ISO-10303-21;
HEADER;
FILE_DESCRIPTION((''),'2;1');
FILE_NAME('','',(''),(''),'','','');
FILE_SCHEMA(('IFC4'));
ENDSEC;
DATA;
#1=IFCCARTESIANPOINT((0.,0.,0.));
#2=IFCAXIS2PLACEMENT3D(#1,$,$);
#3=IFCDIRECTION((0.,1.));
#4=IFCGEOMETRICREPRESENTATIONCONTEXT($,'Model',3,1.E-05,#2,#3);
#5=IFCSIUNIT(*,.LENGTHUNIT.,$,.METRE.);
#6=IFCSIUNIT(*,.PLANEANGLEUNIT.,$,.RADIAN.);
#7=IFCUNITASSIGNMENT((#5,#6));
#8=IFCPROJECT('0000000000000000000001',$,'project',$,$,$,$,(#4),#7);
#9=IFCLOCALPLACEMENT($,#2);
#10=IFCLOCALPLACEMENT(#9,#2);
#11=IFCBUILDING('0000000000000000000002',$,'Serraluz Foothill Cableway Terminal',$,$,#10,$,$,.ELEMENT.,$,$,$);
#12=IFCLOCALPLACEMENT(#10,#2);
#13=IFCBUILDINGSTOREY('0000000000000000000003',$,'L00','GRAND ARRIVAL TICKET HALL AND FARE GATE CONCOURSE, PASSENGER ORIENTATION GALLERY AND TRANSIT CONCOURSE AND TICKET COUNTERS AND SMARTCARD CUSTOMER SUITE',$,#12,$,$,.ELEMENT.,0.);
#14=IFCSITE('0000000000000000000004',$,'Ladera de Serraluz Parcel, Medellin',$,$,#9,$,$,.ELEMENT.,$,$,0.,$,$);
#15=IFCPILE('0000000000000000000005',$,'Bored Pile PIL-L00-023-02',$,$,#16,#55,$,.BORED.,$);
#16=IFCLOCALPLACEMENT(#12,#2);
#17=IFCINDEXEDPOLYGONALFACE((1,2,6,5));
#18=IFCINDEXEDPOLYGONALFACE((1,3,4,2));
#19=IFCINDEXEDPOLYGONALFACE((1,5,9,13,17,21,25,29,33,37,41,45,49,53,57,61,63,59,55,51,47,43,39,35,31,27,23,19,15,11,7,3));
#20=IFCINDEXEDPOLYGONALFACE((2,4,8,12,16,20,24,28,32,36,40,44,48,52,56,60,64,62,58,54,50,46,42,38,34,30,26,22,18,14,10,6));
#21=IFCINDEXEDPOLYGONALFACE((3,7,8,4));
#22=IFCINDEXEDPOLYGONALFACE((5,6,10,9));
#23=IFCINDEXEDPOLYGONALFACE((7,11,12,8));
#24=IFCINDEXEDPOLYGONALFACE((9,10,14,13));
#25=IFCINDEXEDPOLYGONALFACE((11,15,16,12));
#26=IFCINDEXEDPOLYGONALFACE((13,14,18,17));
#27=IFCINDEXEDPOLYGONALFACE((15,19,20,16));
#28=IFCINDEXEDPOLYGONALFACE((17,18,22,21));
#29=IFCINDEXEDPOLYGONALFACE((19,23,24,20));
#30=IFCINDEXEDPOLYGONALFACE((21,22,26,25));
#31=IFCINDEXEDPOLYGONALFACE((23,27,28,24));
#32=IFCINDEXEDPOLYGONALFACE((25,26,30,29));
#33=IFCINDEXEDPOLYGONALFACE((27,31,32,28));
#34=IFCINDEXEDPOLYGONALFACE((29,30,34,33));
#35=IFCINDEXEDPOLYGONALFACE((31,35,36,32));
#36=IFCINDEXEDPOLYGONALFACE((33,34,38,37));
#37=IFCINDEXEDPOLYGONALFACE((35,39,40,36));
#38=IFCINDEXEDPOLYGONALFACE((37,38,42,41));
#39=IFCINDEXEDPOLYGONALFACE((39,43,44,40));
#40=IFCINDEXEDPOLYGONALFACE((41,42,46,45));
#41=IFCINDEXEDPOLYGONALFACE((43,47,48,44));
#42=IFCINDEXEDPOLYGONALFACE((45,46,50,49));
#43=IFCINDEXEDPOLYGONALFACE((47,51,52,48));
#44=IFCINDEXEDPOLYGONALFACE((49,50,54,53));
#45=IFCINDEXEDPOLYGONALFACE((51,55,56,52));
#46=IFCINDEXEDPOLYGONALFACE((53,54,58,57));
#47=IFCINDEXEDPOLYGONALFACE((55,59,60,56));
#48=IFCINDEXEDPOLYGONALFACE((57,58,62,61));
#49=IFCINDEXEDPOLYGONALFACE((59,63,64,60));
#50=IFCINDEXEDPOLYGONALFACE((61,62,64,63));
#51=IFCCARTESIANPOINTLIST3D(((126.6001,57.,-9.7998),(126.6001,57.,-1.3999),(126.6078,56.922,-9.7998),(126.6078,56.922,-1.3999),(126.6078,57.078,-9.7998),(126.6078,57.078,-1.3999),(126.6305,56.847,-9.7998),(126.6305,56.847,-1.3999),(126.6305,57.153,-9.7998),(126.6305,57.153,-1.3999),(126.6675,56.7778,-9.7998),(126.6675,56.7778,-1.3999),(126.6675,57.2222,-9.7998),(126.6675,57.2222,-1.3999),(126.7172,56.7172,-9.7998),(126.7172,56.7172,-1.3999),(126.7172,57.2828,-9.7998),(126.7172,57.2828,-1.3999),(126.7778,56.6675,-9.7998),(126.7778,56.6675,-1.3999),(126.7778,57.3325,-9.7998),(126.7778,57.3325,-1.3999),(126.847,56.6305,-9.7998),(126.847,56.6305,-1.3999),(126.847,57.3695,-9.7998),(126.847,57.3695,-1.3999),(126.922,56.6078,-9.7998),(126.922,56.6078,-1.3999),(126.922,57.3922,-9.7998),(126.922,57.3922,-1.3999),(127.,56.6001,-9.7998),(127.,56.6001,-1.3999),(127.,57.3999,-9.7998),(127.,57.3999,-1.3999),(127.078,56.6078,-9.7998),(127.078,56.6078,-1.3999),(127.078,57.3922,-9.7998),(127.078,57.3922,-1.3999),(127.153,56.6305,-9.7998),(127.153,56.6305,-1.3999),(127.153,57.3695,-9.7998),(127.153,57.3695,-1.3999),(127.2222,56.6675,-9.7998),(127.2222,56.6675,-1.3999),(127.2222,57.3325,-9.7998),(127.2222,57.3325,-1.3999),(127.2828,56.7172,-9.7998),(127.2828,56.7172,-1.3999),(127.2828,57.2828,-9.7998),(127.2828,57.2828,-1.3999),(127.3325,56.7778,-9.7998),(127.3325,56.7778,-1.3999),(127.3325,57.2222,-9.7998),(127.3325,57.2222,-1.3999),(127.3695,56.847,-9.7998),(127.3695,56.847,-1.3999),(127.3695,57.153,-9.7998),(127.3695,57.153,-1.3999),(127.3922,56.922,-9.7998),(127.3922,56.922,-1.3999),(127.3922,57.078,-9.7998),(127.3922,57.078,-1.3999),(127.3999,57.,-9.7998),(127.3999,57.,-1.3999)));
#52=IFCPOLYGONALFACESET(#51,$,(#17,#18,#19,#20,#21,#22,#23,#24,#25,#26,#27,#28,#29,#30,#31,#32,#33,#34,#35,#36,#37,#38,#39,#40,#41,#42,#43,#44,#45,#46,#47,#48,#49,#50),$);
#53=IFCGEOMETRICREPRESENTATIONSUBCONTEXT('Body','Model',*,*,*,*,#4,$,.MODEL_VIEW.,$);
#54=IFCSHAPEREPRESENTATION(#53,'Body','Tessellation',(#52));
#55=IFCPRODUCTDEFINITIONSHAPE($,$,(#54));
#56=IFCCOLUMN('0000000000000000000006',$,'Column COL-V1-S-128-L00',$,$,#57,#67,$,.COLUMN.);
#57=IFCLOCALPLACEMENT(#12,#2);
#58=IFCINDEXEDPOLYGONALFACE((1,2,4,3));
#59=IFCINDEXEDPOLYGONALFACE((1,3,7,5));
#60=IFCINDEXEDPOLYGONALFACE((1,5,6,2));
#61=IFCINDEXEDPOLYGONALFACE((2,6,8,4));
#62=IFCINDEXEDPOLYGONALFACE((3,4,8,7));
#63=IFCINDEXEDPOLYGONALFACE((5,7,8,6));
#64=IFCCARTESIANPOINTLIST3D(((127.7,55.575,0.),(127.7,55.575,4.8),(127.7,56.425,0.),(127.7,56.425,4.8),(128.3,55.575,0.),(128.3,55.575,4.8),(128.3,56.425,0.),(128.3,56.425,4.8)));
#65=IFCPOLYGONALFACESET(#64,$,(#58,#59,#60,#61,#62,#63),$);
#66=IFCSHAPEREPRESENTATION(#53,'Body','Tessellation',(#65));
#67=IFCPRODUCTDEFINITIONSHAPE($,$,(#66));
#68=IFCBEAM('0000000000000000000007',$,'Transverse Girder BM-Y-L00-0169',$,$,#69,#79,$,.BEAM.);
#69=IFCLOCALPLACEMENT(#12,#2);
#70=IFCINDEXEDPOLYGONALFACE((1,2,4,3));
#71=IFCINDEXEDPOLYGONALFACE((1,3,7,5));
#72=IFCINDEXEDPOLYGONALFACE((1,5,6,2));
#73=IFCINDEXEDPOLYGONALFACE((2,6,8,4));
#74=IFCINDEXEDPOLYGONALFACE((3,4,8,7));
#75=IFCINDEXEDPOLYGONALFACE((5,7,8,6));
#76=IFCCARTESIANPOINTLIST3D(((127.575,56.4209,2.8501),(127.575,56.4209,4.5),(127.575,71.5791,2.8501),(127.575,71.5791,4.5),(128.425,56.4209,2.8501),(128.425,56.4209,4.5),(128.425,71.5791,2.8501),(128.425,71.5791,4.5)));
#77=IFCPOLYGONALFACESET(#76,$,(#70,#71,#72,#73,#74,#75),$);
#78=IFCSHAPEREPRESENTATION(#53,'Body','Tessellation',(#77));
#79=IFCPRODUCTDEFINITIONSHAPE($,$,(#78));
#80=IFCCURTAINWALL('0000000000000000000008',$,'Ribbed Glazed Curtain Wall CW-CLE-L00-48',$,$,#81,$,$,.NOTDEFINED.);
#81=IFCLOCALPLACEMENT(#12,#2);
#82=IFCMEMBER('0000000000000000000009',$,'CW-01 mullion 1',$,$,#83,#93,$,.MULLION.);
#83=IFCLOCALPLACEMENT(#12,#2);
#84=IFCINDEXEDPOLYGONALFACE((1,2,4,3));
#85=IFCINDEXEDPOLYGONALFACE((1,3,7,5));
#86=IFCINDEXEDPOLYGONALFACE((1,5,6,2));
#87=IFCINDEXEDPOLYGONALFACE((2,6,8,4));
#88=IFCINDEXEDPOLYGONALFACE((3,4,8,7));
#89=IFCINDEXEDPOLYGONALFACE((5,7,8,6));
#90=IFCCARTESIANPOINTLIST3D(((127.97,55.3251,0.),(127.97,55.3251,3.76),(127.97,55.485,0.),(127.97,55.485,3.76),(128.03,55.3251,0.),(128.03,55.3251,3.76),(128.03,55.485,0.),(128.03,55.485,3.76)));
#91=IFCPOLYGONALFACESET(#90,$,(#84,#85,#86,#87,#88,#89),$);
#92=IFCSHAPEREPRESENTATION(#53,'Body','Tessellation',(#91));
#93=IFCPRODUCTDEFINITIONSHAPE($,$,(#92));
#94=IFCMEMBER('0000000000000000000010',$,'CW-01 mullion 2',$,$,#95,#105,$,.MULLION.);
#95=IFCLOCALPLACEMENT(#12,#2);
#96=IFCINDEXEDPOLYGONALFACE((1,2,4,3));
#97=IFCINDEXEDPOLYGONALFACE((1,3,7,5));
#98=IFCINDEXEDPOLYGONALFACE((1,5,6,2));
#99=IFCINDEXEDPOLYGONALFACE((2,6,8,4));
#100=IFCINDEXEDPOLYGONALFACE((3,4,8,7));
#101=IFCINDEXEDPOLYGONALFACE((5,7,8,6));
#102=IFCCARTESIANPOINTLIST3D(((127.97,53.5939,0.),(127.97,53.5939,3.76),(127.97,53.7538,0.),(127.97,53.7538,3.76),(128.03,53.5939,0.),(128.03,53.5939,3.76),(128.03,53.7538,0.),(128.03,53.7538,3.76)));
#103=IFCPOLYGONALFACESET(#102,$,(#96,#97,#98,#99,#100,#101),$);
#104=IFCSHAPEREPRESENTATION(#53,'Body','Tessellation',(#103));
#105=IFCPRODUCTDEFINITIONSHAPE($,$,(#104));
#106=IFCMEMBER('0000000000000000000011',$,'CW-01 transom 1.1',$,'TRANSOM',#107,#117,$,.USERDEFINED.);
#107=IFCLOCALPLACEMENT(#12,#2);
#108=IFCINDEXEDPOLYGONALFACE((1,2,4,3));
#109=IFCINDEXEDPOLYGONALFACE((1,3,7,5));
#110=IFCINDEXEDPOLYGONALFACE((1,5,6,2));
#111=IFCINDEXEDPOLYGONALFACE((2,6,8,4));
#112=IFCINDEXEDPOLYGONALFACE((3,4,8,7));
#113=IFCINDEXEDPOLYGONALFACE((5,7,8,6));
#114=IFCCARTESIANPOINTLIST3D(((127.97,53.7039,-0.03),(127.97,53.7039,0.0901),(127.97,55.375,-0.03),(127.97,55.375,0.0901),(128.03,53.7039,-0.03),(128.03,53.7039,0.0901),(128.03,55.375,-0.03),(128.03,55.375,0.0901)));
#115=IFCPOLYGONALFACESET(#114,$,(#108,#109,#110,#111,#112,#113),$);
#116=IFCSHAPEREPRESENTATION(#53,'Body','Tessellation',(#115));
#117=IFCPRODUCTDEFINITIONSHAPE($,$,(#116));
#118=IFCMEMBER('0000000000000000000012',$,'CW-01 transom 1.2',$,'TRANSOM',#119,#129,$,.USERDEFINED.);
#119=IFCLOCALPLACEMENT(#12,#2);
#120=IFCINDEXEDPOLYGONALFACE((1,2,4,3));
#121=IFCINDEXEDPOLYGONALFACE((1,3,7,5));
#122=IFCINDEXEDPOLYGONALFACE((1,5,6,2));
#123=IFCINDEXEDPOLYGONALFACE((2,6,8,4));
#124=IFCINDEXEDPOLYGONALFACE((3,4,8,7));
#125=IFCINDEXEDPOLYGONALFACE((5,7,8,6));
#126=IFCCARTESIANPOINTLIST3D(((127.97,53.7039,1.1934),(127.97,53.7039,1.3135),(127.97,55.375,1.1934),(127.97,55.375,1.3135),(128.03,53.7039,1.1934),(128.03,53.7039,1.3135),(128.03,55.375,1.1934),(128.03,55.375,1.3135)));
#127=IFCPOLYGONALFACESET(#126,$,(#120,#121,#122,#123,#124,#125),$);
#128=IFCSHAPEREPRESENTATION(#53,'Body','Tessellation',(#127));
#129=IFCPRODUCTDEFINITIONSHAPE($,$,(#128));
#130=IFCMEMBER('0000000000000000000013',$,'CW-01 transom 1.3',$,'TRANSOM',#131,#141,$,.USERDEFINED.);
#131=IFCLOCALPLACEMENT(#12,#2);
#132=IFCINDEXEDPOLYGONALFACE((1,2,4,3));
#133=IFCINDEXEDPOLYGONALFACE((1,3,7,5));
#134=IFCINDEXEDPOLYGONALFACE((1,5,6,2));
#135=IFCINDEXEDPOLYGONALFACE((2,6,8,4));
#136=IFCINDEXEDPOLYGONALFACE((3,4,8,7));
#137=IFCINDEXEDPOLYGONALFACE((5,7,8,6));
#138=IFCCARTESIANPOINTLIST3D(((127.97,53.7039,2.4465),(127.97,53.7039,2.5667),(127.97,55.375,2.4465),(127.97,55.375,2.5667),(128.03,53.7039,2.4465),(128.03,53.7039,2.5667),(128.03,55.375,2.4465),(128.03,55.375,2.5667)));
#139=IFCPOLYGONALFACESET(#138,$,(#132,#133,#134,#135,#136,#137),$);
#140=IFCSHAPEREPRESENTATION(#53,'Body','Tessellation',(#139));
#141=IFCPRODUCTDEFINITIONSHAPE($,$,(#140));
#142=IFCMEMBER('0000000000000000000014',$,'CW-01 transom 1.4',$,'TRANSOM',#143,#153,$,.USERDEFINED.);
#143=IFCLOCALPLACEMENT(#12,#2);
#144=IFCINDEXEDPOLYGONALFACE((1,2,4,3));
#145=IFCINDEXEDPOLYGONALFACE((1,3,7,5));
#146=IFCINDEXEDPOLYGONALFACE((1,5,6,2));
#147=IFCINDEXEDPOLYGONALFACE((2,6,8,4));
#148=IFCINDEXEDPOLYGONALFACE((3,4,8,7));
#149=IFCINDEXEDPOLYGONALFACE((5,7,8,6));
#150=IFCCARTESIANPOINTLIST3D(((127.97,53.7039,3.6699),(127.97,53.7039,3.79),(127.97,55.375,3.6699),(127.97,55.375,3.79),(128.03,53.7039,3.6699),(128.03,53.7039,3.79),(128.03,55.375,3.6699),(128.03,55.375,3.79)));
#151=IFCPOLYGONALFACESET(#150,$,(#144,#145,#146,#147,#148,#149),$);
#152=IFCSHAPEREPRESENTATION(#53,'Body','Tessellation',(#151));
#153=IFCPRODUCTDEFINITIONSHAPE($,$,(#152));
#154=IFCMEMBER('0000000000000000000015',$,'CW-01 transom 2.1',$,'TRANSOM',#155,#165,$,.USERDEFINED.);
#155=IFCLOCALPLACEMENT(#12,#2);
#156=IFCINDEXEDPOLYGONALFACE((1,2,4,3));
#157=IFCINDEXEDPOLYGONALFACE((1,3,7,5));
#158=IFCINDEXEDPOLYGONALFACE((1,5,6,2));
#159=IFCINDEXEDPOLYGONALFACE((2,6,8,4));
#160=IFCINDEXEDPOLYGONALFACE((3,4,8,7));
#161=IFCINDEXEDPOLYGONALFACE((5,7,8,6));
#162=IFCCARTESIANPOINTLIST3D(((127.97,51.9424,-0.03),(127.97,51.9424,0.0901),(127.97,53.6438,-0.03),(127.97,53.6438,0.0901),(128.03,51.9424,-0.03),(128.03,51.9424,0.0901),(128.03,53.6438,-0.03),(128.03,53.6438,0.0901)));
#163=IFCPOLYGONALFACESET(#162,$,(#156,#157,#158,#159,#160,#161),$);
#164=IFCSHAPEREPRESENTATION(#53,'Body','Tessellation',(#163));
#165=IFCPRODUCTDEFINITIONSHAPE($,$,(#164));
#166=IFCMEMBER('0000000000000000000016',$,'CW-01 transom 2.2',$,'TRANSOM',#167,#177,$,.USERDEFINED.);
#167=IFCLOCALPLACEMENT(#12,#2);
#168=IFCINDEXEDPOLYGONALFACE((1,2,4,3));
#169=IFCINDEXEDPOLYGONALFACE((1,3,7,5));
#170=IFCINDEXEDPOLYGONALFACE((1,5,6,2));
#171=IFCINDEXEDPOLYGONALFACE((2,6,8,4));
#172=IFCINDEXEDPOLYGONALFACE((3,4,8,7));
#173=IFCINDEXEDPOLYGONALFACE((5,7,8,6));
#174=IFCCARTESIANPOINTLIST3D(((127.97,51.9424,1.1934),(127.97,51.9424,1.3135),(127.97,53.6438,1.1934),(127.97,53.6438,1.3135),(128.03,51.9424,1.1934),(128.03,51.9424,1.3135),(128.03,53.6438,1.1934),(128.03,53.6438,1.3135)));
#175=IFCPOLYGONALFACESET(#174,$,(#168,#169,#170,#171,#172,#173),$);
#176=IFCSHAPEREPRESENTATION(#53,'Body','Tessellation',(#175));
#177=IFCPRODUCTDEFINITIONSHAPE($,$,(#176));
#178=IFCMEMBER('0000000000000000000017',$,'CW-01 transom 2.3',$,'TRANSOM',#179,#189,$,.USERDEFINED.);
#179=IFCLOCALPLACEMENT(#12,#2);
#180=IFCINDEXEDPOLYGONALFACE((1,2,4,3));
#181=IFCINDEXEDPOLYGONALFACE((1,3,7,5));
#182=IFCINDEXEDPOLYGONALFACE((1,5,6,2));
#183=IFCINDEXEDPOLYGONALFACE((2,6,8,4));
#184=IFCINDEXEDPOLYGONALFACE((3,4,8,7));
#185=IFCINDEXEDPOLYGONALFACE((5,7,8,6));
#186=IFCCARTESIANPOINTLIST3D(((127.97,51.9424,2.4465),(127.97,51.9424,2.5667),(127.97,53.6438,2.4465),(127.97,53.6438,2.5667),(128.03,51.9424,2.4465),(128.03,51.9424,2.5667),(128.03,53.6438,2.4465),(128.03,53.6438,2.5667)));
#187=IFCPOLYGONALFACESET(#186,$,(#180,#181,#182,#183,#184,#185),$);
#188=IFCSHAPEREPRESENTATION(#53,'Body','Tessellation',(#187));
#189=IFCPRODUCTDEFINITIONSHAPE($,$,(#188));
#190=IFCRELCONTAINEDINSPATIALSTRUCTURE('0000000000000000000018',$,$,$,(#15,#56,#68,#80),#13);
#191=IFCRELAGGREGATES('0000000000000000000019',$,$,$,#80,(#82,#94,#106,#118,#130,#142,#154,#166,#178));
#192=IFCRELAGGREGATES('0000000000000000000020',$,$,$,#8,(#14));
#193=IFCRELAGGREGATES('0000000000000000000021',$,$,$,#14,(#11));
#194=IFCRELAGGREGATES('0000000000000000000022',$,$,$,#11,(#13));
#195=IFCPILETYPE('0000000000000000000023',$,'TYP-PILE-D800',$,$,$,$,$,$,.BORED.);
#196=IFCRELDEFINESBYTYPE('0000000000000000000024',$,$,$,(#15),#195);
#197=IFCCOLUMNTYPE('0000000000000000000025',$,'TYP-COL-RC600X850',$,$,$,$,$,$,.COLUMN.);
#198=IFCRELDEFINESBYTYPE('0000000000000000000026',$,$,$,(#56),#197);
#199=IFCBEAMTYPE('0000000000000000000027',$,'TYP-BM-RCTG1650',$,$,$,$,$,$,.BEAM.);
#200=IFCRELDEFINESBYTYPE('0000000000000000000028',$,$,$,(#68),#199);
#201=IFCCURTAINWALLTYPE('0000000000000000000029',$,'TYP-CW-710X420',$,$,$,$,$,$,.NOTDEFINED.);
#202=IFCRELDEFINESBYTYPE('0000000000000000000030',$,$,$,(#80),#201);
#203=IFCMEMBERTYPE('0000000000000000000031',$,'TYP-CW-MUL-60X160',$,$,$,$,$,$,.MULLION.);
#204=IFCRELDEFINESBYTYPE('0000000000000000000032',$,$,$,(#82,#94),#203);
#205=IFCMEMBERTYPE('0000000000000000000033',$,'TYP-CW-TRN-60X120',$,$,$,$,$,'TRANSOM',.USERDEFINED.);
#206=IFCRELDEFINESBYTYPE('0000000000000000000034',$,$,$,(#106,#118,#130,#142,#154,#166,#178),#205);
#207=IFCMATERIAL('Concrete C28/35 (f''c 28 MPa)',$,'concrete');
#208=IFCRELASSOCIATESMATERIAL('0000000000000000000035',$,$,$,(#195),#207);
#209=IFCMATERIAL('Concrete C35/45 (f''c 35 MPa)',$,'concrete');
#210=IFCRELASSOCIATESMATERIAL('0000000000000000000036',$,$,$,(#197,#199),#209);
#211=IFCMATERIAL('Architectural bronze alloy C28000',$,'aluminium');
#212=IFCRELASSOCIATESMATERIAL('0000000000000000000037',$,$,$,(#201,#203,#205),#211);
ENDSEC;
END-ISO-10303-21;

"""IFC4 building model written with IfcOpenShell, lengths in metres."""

from ifc_helpers import new_model, si_unit, direction, frame, origin, origin_2d, place, context, subcontext, project, spatial, rectangle, circle, extrude, material, material_profile, profile_set, type_object, element, aggregate, save


model = new_model("IFC4")

# Units and contexts
model_context = context("Model", 3, precision=1e-05, world=origin(), true_north=direction((0.0, 1.0)))
body_context = subcontext(model_context, "Body", "Model", "MODEL_VIEW")
ifc_project = project(units=[si_unit("LENGTHUNIT", "METRE"), si_unit("PLANEANGLEUNIT", "RADIAN")], contexts=[model_context])

# Site, building, storey
site_placement = place(None, origin())
site = spatial("IfcSite", under=ifc_project, at=site_placement, Name="Ladera de Serraluz Parcel, Medellin", CompositionType="ELEMENT", RefElevation=0.0)
building_placement = place(site_placement, origin())
building = spatial("IfcBuilding", under=site, at=building_placement, Name="Serraluz Foothill Cableway Terminal", CompositionType="ELEMENT")
storey_placement = place(building_placement, origin())
storey = spatial("IfcBuildingStorey", under=building, at=storey_placement, Name="L00", Description="GRAND ARRIVAL TICKET HALL AND FARE GATE CONCOURSE, PASSENGER ORIENTATION GALLERY AND TRANSIT CONCOURSE AND TICKET COUNTERS AND SMARTCARD CUSTOMER SUITE", CompositionType="ELEMENT", Elevation=0.0)

# Pile
ifc_material_1 = material(Name="Concrete C28/35 (f'c 28 MPa)", Category="concrete")
ifc_material_profile_1 = material_profile(ifc_material_1, circle(Radius=0.3999, at=origin_2d()), Name="BORED PILE D800")
ifc_profile_set_1 = profile_set([ifc_material_profile_1], Name="Concrete C28/35 (f'c 28 MPa)")
pile_type = type_object("IfcPileType", Name="TYP-PILE-D800", PredefinedType="BORED", material=ifc_profile_set_1)
pile_placement = place(storey_placement, frame((127.0, 57.0, -1.3999), z_axis=(0.0, 0.0, -1.0), x_axis=(1.0, 0.0, 0.0)))
element("IfcPile", 1, at=pile_placement, inside=storey, type_object=pile_type, Name="Bored Pile PIL-L00-023-02", PredefinedType="BORED", context=body_context, shape_type="SweptSolid", body=[
    extrude(circle(Radius=0.3999, at=origin_2d()), origin(), (0.0, 0.0, 1.0), 8.3999),
])

# Column
ifc_material_2 = material(Name="Concrete C35/45 (f'c 35 MPa)", Category="concrete")
ifc_material_profile_2 = material_profile(ifc_material_2, rectangle(XDim=0.6001, YDim=0.8501, at=origin_2d()), Name="RC 600x850")
ifc_profile_set_2 = profile_set([ifc_material_profile_2], Name="Concrete C35/45 (f'c 35 MPa)")
column_type = type_object("IfcColumnType", Name="TYP-COL-RC600X850", PredefinedType="COLUMN", material=ifc_profile_set_2)
column_placement = place(storey_placement, frame((128.0, 56.0, 0.0), z_axis=(0.0, 0.0, 1.0), x_axis=(1.0, 0.0, 0.0)))
element("IfcColumn", 2, at=column_placement, inside=storey, type_object=column_type, Name="Column COL-V1-S-128-L00", PredefinedType="COLUMN", context=body_context, shape_type="SweptSolid", body=[
    extrude(rectangle(XDim=0.6001, YDim=0.8501, at=origin_2d()), origin(), (0.0, 0.0, 1.0), 4.8),
])

# Beam
ifc_material_profile_3 = material_profile(ifc_material_2, rectangle(XDim=0.8501, YDim=1.6499, at=origin_2d()), Name="RC TG 850x1650")
ifc_profile_set_3 = profile_set([ifc_material_profile_3], Name="Concrete C35/45 (f'c 35 MPa)")
beam_type = type_object("IfcBeamType", Name="TYP-BM-RCTG1650", PredefinedType="BEAM", material=ifc_profile_set_3)
beam_placement = place(storey_placement, frame((128.0, 56.4209, 3.675), z_axis=(0.0, 1.0, 0.0), x_axis=(-1.0, 0.0, 0.0)))
element("IfcBeam", 3, at=beam_placement, inside=storey, type_object=beam_type, Name="Transverse Girder BM-Y-L00-0169", PredefinedType="BEAM", context=body_context, shape_type="SweptSolid", body=[
    extrude(rectangle(XDim=0.8501, YDim=1.6499, at=origin_2d()), origin(), (0.0, 0.0, 1.0), 15.1582),
])

# Curtain wall, members
ifc_material_3 = material(Name="Architectural bronze alloy C28000", Category="aluminium")
curtain_wall_type = type_object("IfcCurtainWallType", Name="TYP-CW-710X420", PredefinedType="NOTDEFINED", material=ifc_material_3)
curtain_wall_placement = place(storey_placement, origin())
curtain_wall = element("IfcCurtainWall", 4, at=curtain_wall_placement, inside=storey, type_object=curtain_wall_type, Name="Ribbed Glazed Curtain Wall CW-CLE-L00-48", PredefinedType="NOTDEFINED")
ifc_material_profile_4 = material_profile(ifc_material_3, rectangle(XDim=0.0601, YDim=0.1599, at=origin_2d()), Name="ALU MULLION 60x160")
ifc_profile_set_4 = profile_set([ifc_material_profile_4], Name="Architectural bronze alloy C28000")
member_type_1 = type_object("IfcMemberType", Name="TYP-CW-MUL-60X160", PredefinedType="MULLION", material=ifc_profile_set_4)
member_1_placement = place(storey_placement, frame((128.0, 55.405, 0.0), z_axis=(0.0, 0.0, 1.0), x_axis=(1.0, 0.0, 0.0)))
member_1 = element("IfcMember", 5, at=member_1_placement, type_object=member_type_1, Name="CW-01 mullion 1", PredefinedType="MULLION", context=body_context, shape_type="SweptSolid", body=[
    extrude(rectangle(XDim=0.0601, YDim=0.1599, at=origin_2d()), origin(), (0.0, 0.0, 1.0), 3.76),
])
member_2_placement = place(storey_placement, frame((128.0, 53.6738, 0.0), z_axis=(0.0, 0.0, 1.0), x_axis=(1.0, 0.0, 0.0)))
member_2 = element("IfcMember", 6, at=member_2_placement, type_object=member_type_1, Name="CW-01 mullion 2", PredefinedType="MULLION", context=body_context, shape_type="SweptSolid", body=[
    extrude(rectangle(XDim=0.0601, YDim=0.1599, at=origin_2d()), origin(), (0.0, 0.0, 1.0), 3.76),
])
ifc_material_profile_5 = material_profile(ifc_material_3, rectangle(XDim=0.0601, YDim=0.1201, at=origin_2d()), Name="ALU TRANSOM 60x120")
ifc_profile_set_5 = profile_set([ifc_material_profile_5], Name="Architectural bronze alloy C28000")
member_type_2 = type_object("IfcMemberType", Name="TYP-CW-TRN-60X120", ElementType="TRANSOM", PredefinedType="USERDEFINED", material=ifc_profile_set_5)
member_3_placement = place(storey_placement, frame((128.0, 55.375, 0.03), z_axis=(0.0, -1.0, 0.0), x_axis=(1.0, 0.0, 0.0)))
member_3 = element("IfcMember", 7, at=member_3_placement, type_object=member_type_2, Name="CW-01 transom 1.1", ObjectType="TRANSOM", PredefinedType="USERDEFINED", context=body_context, shape_type="SweptSolid", body=[
    extrude(rectangle(XDim=0.0601, YDim=0.1201, at=origin_2d()), origin(), (0.0, 0.0, 1.0), 1.6711),
])
member_4_placement = place(storey_placement, frame((128.0, 55.375, 1.2534), z_axis=(0.0, -1.0, 0.0), x_axis=(1.0, 0.0, 0.0)))
member_4 = element("IfcMember", 8, at=member_4_placement, type_object=member_type_2, Name="CW-01 transom 1.2", ObjectType="TRANSOM", PredefinedType="USERDEFINED", context=body_context, shape_type="SweptSolid", body=[
    extrude(rectangle(XDim=0.0601, YDim=0.1201, at=origin_2d()), origin(), (0.0, 0.0, 1.0), 1.6711),
])
member_5_placement = place(storey_placement, frame((128.0, 55.375, 2.5066), z_axis=(0.0, -1.0, 0.0), x_axis=(1.0, 0.0, 0.0)))
member_5 = element("IfcMember", 9, at=member_5_placement, type_object=member_type_2, Name="CW-01 transom 1.3", ObjectType="TRANSOM", PredefinedType="USERDEFINED", context=body_context, shape_type="SweptSolid", body=[
    extrude(rectangle(XDim=0.0601, YDim=0.1201, at=origin_2d()), origin(), (0.0, 0.0, 1.0), 1.6711),
])
member_6_placement = place(storey_placement, frame((128.0, 55.375, 3.73), z_axis=(0.0, -1.0, 0.0), x_axis=(1.0, 0.0, 0.0)))
member_6 = element("IfcMember", 10, at=member_6_placement, type_object=member_type_2, Name="CW-01 transom 1.4", ObjectType="TRANSOM", PredefinedType="USERDEFINED", context=body_context, shape_type="SweptSolid", body=[
    extrude(rectangle(XDim=0.0601, YDim=0.1201, at=origin_2d()), origin(), (0.0, 0.0, 1.0), 1.6711),
])
member_7_placement = place(storey_placement, frame((128.0, 53.6438, 0.03), z_axis=(0.0, -1.0, 0.0), x_axis=(1.0, 0.0, 0.0)))
member_7 = element("IfcMember", 11, at=member_7_placement, type_object=member_type_2, Name="CW-01 transom 2.1", ObjectType="TRANSOM", PredefinedType="USERDEFINED", context=body_context, shape_type="SweptSolid", body=[
    extrude(rectangle(XDim=0.0601, YDim=0.1201, at=origin_2d()), origin(), (0.0, 0.0, 1.0), 1.7014),
])
member_8_placement = place(storey_placement, frame((128.0, 53.6438, 1.2534), z_axis=(0.0, -1.0, 0.0), x_axis=(1.0, 0.0, 0.0)))
member_8 = element("IfcMember", 12, at=member_8_placement, type_object=member_type_2, Name="CW-01 transom 2.2", ObjectType="TRANSOM", PredefinedType="USERDEFINED", context=body_context, shape_type="SweptSolid", body=[
    extrude(rectangle(XDim=0.0601, YDim=0.1201, at=origin_2d()), origin(), (0.0, 0.0, 1.0), 1.7014),
])
member_9_placement = place(storey_placement, frame((128.0, 53.6438, 2.5066), z_axis=(0.0, -1.0, 0.0), x_axis=(1.0, 0.0, 0.0)))
member_9 = element("IfcMember", 13, at=member_9_placement, type_object=member_type_2, Name="CW-01 transom 2.3", ObjectType="TRANSOM", PredefinedType="USERDEFINED", context=body_context, shape_type="SweptSolid", body=[
    extrude(rectangle(XDim=0.0601, YDim=0.1201, at=origin_2d()), origin(), (0.0, 0.0, 1.0), 1.7014),
])
aggregate(curtain_wall, [member_1, member_2, member_3, member_4, member_5, member_6, member_7, member_8, member_9])

save(model, "model.ifc")
